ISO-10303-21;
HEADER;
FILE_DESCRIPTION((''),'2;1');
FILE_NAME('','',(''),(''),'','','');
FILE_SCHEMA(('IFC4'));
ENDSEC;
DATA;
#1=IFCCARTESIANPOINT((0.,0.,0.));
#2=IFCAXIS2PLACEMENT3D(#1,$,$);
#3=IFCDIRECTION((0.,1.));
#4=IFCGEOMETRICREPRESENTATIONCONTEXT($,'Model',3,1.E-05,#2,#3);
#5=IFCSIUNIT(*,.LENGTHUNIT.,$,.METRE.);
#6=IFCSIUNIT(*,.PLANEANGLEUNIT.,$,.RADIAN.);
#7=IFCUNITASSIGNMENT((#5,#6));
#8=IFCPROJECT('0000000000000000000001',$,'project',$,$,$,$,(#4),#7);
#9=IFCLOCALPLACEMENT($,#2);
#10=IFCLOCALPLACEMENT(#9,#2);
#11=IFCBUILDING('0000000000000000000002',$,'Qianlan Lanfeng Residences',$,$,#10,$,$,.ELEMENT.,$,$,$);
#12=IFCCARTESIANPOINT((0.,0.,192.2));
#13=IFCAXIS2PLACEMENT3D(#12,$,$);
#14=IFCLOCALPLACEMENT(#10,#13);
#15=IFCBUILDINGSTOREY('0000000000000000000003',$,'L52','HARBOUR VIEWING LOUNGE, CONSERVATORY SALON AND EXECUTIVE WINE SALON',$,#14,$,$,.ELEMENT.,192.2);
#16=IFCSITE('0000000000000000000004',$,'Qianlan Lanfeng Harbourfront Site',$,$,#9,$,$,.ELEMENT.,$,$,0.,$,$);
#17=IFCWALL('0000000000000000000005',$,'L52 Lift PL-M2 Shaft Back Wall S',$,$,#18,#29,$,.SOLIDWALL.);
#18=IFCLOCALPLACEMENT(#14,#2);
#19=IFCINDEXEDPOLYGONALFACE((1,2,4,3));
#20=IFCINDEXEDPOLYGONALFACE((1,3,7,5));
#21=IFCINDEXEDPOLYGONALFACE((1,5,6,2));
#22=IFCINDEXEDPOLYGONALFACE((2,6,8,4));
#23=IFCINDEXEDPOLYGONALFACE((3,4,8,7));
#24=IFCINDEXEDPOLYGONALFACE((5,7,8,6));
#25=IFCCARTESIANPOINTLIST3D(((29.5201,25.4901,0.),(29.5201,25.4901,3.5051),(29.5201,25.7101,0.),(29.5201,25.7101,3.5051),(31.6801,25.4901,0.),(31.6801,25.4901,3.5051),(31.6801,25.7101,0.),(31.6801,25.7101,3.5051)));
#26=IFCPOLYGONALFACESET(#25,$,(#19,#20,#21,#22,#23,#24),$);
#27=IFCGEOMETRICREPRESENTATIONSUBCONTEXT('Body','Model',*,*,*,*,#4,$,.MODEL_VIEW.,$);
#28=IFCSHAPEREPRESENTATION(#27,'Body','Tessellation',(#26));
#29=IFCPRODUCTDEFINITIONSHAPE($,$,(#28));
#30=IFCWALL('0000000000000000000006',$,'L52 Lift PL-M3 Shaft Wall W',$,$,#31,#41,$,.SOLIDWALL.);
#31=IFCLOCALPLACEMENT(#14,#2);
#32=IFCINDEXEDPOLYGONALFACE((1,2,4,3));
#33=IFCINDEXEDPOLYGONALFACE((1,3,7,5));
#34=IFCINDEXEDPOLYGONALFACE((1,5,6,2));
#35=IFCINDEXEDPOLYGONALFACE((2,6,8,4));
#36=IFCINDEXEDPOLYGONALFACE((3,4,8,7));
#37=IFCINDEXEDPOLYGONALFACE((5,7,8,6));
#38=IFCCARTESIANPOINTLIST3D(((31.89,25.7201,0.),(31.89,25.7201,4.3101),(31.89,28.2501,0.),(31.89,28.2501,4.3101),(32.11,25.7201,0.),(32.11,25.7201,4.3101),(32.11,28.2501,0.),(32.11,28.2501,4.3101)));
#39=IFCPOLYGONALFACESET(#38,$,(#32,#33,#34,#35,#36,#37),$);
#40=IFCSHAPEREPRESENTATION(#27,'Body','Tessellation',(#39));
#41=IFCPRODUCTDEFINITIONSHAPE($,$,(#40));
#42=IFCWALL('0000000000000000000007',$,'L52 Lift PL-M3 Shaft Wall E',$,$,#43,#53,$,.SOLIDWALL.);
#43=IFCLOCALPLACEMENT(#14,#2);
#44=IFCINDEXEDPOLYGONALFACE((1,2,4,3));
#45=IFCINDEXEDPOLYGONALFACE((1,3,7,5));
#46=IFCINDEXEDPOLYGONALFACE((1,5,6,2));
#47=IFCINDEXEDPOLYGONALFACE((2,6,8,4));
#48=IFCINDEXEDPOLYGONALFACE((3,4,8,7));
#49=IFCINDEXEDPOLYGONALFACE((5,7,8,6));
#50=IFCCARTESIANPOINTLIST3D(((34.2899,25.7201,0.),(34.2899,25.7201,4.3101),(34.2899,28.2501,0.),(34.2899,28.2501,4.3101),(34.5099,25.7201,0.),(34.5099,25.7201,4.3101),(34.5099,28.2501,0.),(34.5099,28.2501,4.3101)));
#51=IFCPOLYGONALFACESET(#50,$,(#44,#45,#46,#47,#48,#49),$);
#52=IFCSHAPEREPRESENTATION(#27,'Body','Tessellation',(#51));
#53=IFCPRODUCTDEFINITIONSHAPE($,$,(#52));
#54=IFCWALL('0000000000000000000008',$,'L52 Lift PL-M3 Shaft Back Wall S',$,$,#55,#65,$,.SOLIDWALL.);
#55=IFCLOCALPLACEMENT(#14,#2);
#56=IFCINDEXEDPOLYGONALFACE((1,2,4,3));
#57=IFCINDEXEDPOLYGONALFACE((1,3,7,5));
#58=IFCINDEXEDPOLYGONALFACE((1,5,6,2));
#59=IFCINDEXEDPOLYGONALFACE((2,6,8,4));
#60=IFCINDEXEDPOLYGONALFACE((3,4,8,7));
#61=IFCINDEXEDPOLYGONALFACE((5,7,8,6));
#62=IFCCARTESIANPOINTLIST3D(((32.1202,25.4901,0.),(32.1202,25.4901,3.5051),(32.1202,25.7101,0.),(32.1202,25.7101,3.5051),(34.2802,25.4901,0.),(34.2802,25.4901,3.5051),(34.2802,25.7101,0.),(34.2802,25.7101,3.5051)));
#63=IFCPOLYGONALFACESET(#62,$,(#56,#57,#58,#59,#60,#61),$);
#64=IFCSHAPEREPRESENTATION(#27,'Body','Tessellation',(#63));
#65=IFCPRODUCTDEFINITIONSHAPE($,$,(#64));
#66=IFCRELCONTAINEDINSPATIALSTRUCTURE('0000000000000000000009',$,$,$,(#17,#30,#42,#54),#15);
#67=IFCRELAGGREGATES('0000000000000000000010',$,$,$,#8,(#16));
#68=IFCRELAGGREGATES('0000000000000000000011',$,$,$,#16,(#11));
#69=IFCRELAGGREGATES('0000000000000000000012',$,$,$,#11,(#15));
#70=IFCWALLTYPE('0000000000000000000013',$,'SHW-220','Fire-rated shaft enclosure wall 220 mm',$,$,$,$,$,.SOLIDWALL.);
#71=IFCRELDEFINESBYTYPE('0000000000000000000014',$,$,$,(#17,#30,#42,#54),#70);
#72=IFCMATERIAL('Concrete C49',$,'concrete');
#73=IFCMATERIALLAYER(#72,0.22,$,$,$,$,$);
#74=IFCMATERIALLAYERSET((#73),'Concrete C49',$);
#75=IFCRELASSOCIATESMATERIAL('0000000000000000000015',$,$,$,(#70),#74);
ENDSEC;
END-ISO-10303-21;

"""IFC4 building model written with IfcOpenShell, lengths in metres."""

from ifc_helpers import new_model, si_unit, direction, frame, frame_2d, origin, place, context, subcontext, project, spatial, rectangle, extrude, material, layer, layer_set, type_object, element, save


model = new_model("IFC4")

# Units and contexts
model_context = context("Model", 3, precision=1e-05, world=origin(), true_north=direction((0.0, 1.0)))
body_context = subcontext(model_context, "Body", "Model", "MODEL_VIEW")
ifc_project = project(units=[si_unit("LENGTHUNIT", "METRE"), si_unit("PLANEANGLEUNIT", "RADIAN")], contexts=[model_context])

# Site, building, storey
site_placement = place(None, origin())
site = spatial("IfcSite", under=ifc_project, at=site_placement, Name="Qianlan Lanfeng Harbourfront Site", CompositionType="ELEMENT", RefElevation=0.0)
building_placement = place(site_placement, origin())
building = spatial("IfcBuilding", under=site, at=building_placement, Name="Qianlan Lanfeng Residences", CompositionType="ELEMENT")
storey_placement = place(building_placement, frame((0.0, 0.0, 192.2)))
storey = spatial("IfcBuildingStorey", under=building, at=storey_placement, Name="L52", Description="HARBOUR VIEWING LOUNGE, CONSERVATORY SALON AND EXECUTIVE WINE SALON", CompositionType="ELEMENT", Elevation=192.2)

# Shared definitions
ifc_material_1 = material(Name="Concrete C49", Category="concrete")

# Walls
ifc_layer_1 = layer(ifc_material_1, 0.22)
ifc_layer_set_1 = layer_set([ifc_layer_1], Name="Concrete C49")
wall_type_1 = type_object("IfcWallType", Name="SHW-220", Description="Fire-rated shaft enclosure wall 220 mm", PredefinedType="SOLIDWALL", material=ifc_layer_set_1)
wall_1_placement = place(storey_placement, frame((29.52, 25.6001, 0.0), z_axis=(0.0, 0.0, 1.0), x_axis=(1.0, 0.0, 0.0)))
element("IfcWall", 1, at=wall_1_placement, inside=storey, type_object=wall_type_1, Name="L52 Lift PL-M2 Shaft Back Wall S", PredefinedType="SOLIDWALL", context=body_context, shape_type="SweptSolid", body=[
    extrude(rectangle(XDim=2.1599, YDim=0.22, at=frame_2d((1.0801, 0.0))), origin(), (0.0, 0.0, 1.0), 3.5051),
])
for number, where, z_axis, x_axis, name in (
    (2, (32.0, 25.72, 0.0), (0.0, 0.0, 1.0), (0.0, 1.0, 0.0), "L52 Lift PL-M3 Shaft Wall W"),
    (3, (34.3999, 25.72, 0.0), (0.0, 0.0, 1.0), (0.0, 1.0, 0.0), "L52 Lift PL-M3 Shaft Wall E"),
):
    element("IfcWall", number, at=place(storey_placement, frame(where, z_axis=z_axis, x_axis=x_axis)), inside=storey, type_object=wall_type_1, Name=name, PredefinedType="SOLIDWALL", context=body_context, shape_type="SweptSolid", body=[
        extrude(rectangle(XDim=2.53, YDim=0.22, at=frame_2d((1.2651, 0.0))), origin(), (0.0, 0.0, 1.0), 4.3101),
    ])
wall_2_placement = place(storey_placement, frame((32.1201, 25.6001, 0.0), z_axis=(0.0, 0.0, 1.0), x_axis=(1.0, 0.0, 0.0)))
element("IfcWall", 4, at=wall_2_placement, inside=storey, type_object=wall_type_1, Name="L52 Lift PL-M3 Shaft Back Wall S", PredefinedType="SOLIDWALL", context=body_context, shape_type="SweptSolid", body=[
    extrude(rectangle(XDim=2.1599, YDim=0.22, at=frame_2d((1.0801, 0.0))), origin(), (0.0, 0.0, 1.0), 3.5051),
])

save(model, "model.ifc")
